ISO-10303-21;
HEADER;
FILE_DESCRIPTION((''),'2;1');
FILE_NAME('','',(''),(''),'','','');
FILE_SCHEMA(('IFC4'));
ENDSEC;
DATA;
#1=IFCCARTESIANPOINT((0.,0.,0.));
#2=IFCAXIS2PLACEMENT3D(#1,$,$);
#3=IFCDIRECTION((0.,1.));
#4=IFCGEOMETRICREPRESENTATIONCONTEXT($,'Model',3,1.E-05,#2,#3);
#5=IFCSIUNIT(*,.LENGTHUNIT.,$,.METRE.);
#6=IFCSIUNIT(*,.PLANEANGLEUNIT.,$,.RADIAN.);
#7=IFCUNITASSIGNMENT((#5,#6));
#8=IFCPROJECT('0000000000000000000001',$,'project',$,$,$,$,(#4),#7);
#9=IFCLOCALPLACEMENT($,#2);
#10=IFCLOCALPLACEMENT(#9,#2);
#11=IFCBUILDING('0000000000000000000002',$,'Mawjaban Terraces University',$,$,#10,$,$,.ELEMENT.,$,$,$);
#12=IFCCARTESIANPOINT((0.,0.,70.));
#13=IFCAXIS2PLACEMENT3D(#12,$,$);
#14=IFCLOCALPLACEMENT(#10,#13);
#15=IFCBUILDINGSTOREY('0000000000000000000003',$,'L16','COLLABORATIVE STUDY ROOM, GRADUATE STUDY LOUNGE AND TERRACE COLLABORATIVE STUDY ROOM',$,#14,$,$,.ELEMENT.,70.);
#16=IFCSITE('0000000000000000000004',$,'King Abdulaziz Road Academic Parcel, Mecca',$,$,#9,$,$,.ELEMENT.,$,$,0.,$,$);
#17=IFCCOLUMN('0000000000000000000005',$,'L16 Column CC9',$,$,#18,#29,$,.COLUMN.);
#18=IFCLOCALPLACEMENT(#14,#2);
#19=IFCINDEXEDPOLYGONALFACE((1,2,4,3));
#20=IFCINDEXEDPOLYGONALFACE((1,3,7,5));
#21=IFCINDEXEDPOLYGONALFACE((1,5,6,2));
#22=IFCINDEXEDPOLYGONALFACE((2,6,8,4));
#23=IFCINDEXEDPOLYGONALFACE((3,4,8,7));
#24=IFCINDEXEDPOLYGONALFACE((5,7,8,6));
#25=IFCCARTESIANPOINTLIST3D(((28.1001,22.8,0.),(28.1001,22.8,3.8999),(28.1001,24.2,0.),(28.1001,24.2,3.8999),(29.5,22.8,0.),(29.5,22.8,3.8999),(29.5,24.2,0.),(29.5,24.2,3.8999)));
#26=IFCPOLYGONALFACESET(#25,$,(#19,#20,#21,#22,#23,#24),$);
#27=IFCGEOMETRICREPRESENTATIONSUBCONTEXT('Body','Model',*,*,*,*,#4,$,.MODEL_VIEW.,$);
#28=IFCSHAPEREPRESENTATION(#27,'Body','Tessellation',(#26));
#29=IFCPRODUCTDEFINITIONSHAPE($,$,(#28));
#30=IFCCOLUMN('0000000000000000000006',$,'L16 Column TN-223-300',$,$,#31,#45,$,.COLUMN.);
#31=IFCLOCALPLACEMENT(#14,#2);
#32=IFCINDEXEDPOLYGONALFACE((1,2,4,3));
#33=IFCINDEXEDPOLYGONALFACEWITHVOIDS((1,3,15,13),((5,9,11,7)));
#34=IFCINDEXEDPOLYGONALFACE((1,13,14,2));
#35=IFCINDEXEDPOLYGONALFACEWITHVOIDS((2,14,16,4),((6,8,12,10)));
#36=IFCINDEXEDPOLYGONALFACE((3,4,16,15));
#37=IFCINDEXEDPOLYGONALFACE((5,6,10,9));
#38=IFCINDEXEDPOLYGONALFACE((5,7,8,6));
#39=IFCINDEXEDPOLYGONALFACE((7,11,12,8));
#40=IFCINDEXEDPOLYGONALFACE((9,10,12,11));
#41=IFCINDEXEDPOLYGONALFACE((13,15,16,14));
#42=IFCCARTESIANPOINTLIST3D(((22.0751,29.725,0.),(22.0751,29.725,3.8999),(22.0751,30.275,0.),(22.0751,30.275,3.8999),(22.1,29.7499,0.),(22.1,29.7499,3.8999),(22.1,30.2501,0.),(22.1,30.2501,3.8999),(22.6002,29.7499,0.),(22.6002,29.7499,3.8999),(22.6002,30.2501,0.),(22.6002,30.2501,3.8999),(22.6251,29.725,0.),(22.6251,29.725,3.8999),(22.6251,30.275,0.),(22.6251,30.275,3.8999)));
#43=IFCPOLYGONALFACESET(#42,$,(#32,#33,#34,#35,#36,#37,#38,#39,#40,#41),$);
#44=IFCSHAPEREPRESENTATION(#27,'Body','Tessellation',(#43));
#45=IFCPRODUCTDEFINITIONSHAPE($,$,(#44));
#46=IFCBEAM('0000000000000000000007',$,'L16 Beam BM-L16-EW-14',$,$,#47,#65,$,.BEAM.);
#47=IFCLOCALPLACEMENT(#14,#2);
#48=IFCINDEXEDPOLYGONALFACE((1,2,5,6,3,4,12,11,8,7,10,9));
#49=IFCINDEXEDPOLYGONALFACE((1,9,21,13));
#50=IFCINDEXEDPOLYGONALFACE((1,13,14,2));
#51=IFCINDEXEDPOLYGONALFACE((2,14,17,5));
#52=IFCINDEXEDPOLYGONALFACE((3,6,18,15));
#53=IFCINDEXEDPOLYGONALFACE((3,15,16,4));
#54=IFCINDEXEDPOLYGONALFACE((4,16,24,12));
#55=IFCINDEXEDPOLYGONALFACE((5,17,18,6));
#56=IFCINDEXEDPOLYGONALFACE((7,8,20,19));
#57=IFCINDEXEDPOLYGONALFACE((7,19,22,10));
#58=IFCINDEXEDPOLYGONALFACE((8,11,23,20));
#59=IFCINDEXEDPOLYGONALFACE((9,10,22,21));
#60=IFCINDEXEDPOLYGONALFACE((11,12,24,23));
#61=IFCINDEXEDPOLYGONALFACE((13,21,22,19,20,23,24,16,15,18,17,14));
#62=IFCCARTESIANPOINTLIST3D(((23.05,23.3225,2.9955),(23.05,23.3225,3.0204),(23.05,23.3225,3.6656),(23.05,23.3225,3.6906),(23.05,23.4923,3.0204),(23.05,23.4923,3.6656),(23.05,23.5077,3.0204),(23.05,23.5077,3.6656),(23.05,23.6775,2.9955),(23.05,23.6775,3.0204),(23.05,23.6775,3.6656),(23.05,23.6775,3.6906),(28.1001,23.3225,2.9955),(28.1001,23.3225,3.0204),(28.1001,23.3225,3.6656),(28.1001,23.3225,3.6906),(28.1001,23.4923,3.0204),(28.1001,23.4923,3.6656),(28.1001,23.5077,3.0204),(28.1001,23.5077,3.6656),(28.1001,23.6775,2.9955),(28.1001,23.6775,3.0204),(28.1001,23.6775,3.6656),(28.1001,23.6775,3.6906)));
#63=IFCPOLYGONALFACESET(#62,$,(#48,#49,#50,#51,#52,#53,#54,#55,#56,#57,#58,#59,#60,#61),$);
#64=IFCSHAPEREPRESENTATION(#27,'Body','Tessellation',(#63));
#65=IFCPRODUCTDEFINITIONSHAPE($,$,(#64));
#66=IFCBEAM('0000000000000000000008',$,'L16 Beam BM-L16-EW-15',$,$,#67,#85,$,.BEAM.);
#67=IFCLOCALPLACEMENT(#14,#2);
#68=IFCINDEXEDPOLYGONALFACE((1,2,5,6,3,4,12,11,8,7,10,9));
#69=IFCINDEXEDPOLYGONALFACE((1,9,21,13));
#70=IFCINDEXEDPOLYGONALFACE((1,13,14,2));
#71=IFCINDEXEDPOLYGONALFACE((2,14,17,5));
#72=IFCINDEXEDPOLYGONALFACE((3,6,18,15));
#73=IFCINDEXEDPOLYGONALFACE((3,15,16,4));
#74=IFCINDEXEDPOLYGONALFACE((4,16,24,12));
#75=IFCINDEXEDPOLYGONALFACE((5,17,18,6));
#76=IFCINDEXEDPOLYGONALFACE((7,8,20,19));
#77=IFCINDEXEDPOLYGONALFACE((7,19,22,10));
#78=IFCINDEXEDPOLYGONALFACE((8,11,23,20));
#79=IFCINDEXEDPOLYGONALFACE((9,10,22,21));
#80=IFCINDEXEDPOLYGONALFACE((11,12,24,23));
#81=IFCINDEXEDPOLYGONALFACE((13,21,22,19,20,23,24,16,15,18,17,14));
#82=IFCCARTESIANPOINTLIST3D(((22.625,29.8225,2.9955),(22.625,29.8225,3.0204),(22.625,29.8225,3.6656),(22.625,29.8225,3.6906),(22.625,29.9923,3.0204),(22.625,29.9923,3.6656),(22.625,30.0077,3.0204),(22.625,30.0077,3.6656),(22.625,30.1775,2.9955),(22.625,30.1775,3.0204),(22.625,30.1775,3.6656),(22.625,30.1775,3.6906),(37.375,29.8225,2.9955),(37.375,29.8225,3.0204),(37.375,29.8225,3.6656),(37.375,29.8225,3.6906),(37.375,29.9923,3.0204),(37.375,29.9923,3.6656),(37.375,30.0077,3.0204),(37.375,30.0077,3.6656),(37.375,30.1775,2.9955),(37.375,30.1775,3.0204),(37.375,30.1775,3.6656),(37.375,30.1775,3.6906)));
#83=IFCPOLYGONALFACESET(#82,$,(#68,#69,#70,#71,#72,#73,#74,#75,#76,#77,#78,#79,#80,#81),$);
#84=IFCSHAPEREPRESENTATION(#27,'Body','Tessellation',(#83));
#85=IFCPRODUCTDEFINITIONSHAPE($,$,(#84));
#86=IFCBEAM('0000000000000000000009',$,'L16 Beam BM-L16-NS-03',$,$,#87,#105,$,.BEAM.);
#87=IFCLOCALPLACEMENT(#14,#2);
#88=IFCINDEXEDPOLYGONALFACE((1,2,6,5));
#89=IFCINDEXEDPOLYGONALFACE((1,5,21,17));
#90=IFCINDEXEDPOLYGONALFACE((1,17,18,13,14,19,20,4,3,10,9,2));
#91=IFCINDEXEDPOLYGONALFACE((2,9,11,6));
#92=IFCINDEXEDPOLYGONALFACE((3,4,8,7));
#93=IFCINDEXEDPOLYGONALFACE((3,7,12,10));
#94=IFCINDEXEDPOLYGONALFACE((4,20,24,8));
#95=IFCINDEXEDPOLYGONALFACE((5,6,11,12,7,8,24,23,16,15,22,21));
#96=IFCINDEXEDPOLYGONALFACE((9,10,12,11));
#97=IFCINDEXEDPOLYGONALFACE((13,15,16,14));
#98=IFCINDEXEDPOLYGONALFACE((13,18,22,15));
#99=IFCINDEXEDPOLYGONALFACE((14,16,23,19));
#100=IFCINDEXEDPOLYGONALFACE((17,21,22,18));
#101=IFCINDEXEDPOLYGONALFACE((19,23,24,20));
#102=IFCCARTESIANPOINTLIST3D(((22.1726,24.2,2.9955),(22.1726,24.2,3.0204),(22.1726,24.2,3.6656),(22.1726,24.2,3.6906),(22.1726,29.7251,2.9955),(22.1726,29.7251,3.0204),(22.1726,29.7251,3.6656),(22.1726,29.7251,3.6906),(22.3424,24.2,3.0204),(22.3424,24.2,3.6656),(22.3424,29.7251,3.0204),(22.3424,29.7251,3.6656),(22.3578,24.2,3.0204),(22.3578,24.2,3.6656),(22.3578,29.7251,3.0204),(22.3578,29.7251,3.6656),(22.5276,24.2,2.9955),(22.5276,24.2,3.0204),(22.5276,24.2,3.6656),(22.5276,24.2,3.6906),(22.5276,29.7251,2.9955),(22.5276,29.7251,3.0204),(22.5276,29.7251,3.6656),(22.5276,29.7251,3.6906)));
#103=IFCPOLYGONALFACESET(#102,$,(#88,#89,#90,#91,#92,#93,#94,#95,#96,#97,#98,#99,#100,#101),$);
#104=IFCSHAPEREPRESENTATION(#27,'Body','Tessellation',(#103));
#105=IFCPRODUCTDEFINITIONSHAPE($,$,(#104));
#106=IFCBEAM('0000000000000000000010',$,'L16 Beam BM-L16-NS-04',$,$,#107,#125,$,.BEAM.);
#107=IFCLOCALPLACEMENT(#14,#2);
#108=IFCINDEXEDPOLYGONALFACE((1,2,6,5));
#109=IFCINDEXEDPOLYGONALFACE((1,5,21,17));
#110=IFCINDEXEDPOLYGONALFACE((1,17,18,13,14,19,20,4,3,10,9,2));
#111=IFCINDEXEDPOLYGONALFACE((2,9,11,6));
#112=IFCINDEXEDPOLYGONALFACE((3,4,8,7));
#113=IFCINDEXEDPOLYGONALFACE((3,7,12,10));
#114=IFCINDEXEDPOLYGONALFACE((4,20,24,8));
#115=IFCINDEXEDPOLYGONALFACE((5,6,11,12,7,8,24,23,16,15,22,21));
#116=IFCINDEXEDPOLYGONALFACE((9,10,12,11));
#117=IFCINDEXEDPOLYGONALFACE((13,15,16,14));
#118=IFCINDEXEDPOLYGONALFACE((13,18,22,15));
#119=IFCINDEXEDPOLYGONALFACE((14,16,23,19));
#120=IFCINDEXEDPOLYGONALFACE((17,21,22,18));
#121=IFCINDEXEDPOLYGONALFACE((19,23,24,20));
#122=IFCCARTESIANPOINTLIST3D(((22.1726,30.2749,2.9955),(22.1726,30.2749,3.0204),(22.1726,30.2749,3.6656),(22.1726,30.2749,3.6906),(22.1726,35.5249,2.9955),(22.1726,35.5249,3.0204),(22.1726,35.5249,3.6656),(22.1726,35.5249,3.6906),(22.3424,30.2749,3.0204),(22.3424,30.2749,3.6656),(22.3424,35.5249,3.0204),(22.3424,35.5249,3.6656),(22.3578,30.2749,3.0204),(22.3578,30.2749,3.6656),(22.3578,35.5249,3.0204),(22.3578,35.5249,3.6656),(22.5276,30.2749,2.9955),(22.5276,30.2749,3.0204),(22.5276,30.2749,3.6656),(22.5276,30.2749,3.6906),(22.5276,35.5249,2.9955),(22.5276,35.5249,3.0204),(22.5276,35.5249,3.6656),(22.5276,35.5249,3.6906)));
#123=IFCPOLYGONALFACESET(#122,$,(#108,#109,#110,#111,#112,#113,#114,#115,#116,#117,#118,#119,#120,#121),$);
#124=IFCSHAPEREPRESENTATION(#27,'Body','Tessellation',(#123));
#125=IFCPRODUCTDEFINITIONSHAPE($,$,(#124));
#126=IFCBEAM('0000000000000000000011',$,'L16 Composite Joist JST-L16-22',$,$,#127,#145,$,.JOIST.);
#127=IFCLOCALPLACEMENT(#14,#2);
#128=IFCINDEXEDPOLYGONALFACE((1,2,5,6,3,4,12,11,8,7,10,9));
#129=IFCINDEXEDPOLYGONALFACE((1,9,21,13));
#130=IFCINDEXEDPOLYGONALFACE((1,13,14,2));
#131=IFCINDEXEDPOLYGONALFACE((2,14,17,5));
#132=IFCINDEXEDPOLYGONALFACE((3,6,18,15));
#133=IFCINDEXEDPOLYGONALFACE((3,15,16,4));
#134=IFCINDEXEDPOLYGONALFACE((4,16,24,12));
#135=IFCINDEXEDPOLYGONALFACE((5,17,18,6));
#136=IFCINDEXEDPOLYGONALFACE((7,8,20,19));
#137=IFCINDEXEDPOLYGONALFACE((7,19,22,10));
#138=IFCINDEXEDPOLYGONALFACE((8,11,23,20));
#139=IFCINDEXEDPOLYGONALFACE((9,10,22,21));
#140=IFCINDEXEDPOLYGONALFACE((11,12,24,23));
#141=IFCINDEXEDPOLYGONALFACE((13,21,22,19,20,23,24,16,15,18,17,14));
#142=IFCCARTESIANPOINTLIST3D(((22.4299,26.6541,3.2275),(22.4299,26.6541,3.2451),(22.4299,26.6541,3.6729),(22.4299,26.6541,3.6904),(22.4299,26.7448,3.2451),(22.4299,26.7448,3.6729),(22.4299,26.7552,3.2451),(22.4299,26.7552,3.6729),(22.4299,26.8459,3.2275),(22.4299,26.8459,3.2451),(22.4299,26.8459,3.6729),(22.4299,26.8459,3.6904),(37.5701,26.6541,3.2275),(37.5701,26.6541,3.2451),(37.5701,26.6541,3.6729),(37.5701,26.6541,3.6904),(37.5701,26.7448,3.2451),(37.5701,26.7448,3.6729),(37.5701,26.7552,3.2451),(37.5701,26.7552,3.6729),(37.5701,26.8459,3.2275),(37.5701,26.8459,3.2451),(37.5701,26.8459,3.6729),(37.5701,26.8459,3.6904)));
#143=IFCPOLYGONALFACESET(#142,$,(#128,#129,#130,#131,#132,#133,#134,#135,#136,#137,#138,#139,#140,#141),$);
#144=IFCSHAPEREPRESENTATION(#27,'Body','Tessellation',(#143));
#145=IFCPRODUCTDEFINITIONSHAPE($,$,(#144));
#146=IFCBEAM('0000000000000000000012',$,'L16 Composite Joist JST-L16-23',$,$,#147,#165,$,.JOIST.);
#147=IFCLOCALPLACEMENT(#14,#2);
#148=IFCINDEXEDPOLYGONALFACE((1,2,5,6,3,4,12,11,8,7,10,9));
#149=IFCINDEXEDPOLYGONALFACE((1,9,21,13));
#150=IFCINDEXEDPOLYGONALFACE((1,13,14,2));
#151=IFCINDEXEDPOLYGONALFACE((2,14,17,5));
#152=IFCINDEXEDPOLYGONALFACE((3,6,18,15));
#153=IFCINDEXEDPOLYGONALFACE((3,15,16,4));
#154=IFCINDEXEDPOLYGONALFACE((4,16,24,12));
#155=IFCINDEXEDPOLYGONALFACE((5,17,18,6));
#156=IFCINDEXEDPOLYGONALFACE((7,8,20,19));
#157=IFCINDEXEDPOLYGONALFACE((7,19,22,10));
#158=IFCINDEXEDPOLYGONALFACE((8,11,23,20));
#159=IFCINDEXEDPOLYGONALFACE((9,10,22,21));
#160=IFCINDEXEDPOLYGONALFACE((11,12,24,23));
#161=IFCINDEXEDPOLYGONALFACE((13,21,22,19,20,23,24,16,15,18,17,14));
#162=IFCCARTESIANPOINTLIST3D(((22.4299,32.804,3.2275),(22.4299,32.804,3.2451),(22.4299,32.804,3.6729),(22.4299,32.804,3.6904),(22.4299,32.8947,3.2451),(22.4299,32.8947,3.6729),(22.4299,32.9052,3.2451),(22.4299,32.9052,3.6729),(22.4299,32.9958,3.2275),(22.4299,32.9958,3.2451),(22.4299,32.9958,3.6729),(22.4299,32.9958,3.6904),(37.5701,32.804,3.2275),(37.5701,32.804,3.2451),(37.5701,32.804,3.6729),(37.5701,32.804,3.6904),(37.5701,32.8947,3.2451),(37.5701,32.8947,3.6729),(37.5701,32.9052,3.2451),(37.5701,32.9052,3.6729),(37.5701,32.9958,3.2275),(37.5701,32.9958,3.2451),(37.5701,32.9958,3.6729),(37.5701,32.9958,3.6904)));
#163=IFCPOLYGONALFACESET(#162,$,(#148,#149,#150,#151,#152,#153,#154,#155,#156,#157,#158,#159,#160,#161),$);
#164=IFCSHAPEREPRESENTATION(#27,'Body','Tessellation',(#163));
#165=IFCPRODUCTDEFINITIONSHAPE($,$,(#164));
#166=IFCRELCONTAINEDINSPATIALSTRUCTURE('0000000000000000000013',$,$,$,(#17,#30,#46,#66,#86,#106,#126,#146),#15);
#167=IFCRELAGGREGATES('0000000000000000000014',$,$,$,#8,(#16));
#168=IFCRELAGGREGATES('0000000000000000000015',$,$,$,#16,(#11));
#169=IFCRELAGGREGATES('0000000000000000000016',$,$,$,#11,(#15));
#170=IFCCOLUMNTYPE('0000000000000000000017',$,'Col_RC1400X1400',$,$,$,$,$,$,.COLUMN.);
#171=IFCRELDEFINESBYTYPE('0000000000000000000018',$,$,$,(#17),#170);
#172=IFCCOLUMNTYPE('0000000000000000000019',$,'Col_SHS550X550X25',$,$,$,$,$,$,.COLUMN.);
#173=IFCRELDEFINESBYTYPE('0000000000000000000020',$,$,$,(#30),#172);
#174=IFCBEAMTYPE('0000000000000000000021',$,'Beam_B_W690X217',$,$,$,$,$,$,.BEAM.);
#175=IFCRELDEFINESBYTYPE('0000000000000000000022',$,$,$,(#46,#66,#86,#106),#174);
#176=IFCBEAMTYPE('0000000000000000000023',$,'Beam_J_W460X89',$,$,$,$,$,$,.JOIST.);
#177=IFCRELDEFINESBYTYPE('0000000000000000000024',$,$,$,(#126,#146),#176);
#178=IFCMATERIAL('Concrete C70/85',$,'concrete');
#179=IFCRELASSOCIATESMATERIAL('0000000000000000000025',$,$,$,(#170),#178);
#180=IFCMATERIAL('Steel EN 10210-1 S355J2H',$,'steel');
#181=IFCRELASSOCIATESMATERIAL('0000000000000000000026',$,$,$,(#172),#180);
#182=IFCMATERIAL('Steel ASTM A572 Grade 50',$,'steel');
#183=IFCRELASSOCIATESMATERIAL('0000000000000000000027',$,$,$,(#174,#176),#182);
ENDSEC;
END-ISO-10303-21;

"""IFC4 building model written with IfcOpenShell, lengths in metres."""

from ifc_helpers import new_model, si_unit, direction, frame, origin, origin_2d, place, context, subcontext, project, spatial, rectangle, hollow_rectangle, i_section, extrude, material, material_profile, profile_set, type_object, element, save


model = new_model("IFC4")

# Units and contexts
model_context = context("Model", 3, precision=1e-05, world=origin(), true_north=direction((0.0, 1.0)))
body_context = subcontext(model_context, "Body", "Model", "MODEL_VIEW")
ifc_project = project(units=[si_unit("LENGTHUNIT", "METRE"), si_unit("PLANEANGLEUNIT", "RADIAN")], contexts=[model_context])

# Site, building, storey
site_placement = place(None, origin())
site = spatial("IfcSite", under=ifc_project, at=site_placement, Name="King Abdulaziz Road Academic Parcel, Mecca", CompositionType="ELEMENT", RefElevation=0.0)
building_placement = place(site_placement, origin())
building = spatial("IfcBuilding", under=site, at=building_placement, Name="Mawjaban Terraces University", CompositionType="ELEMENT")
storey_placement = place(building_placement, frame((0.0, 0.0, 70.0)))
storey = spatial("IfcBuildingStorey", under=building, at=storey_placement, Name="L16", Description="COLLABORATIVE STUDY ROOM, GRADUATE STUDY LOUNGE AND TERRACE COLLABORATIVE STUDY ROOM", CompositionType="ELEMENT", Elevation=70.0)

# Columns
ifc_material_1 = material(Name="Concrete C70/85", Category="concrete")
ifc_material_profile_1 = material_profile(ifc_material_1, rectangle(XDim=1.3999, YDim=1.3999, at=origin_2d()), Name="RC1400X1400")
ifc_profile_set_1 = profile_set([ifc_material_profile_1], Name="Concrete C70/85")
column_type_1 = type_object("IfcColumnType", Name="Col_RC1400X1400", PredefinedType="COLUMN", material=ifc_profile_set_1)
column_1_placement = place(storey_placement, frame((28.8, 23.5, 0.0), z_axis=(0.0, 0.0, 1.0), x_axis=(1.0, 0.0, 0.0)))
element("IfcColumn", 1, at=column_1_placement, inside=storey, type_object=column_type_1, Name="L16 Column CC9", PredefinedType="COLUMN", context=body_context, shape_type="SweptSolid", body=[
    extrude(rectangle(XDim=1.3999, YDim=1.3999, at=origin_2d()), origin(), (0.0, 0.0, 1.0), 3.8999),
])
ifc_material_2 = material(Name="Steel EN 10210-1 S355J2H", Category="steel")
ifc_material_profile_2 = material_profile(ifc_material_2, hollow_rectangle(XDim=0.55, YDim=0.55, WallThickness=0.0249, at=origin_2d()), Name="SHS550X550X25")
ifc_profile_set_2 = profile_set([ifc_material_profile_2], Name="Steel EN 10210-1 S355J2H")
column_type_2 = type_object("IfcColumnType", Name="Col_SHS550X550X25", PredefinedType="COLUMN", material=ifc_profile_set_2)
column_2_placement = place(storey_placement, frame((22.3501, 30.0, 0.0), z_axis=(0.0, 0.0, 1.0), x_axis=(1.0, 0.0, 0.0)))
element("IfcColumn", 2, at=column_2_placement, inside=storey, type_object=column_type_2, Name="L16 Column TN-223-300", PredefinedType="COLUMN", context=body_context, shape_type="SweptSolid", body=[
    extrude(hollow_rectangle(XDim=0.55, YDim=0.55, WallThickness=0.0249, at=origin_2d()), origin(), (0.0, 0.0, 1.0), 3.8999),
])

# Beams
ifc_material_3 = material(Name="Steel ASTM A572 Grade 50", Category="steel")
ifc_material_profile_3 = material_profile(ifc_material_3, i_section(OverallWidth=0.355, OverallDepth=0.6951, WebThickness=0.0154, FlangeThickness=0.0249, at=origin_2d()), Name="W690X217")
ifc_profile_set_3 = profile_set([ifc_material_profile_3], Name="Steel ASTM A572 Grade 50")
beam_type_1 = type_object("IfcBeamType", Name="Beam_B_W690X217", PredefinedType="BEAM", material=ifc_profile_set_3)
beam_1_placement = place(storey_placement, frame((23.05, 23.5, 3.343), z_axis=(1.0, 0.0, 0.0), x_axis=(0.0, 1.0, 0.0)))
element("IfcBeam", 3, at=beam_1_placement, inside=storey, type_object=beam_type_1, Name="L16 Beam BM-L16-EW-14", PredefinedType="BEAM", context=body_context, shape_type="SweptSolid", body=[
    extrude(i_section(OverallWidth=0.355, OverallDepth=0.6951, WebThickness=0.0154, FlangeThickness=0.0249, at=origin_2d()), origin(), (0.0, 0.0, 1.0), 5.05),
])
beam_2_placement = place(storey_placement, frame((22.625, 30.0, 3.343), z_axis=(1.0, 0.0, 0.0), x_axis=(0.0, 1.0, 0.0)))
element("IfcBeam", 4, at=beam_2_placement, inside=storey, type_object=beam_type_1, Name="L16 Beam BM-L16-EW-15", PredefinedType="BEAM", context=body_context, shape_type="SweptSolid", body=[
    extrude(i_section(OverallWidth=0.355, OverallDepth=0.6951, WebThickness=0.0154, FlangeThickness=0.0249, at=origin_2d()), origin(), (0.0, 0.0, 1.0), 14.75),
])
beam_3_placement = place(storey_placement, frame((22.3501, 24.2, 3.343), z_axis=(0.0, 1.0, 0.0), x_axis=(-1.0, 0.0, 0.0)))
element("IfcBeam", 5, at=beam_3_placement, inside=storey, type_object=beam_type_1, Name="L16 Beam BM-L16-NS-03", PredefinedType="BEAM", context=body_context, shape_type="SweptSolid", body=[
    extrude(i_section(OverallWidth=0.355, OverallDepth=0.6951, WebThickness=0.0154, FlangeThickness=0.0249, at=origin_2d()), origin(), (0.0, 0.0, 1.0), 5.5251),
])
beam_4_placement = place(storey_placement, frame((22.3501, 30.2749, 3.343), z_axis=(0.0, 1.0, 0.0), x_axis=(-1.0, 0.0, 0.0)))
element("IfcBeam", 6, at=beam_4_placement, inside=storey, type_object=beam_type_1, Name="L16 Beam BM-L16-NS-04", PredefinedType="BEAM", context=body_context, shape_type="SweptSolid", body=[
    extrude(i_section(OverallWidth=0.355, OverallDepth=0.6951, WebThickness=0.0154, FlangeThickness=0.0249, at=origin_2d()), origin(), (0.0, 0.0, 1.0), 5.25),
])
ifc_material_profile_4 = material_profile(ifc_material_3, i_section(OverallWidth=0.1919, OverallDepth=0.4629, WebThickness=0.0105, FlangeThickness=0.0176, at=origin_2d()), Name="W460X89")
ifc_profile_set_4 = profile_set([ifc_material_profile_4], Name="Steel ASTM A572 Grade 50")
beam_type_2 = type_object("IfcBeamType", Name="Beam_J_W460X89", PredefinedType="JOIST", material=ifc_profile_set_4)
for number, where, z_axis, x_axis, name in (
    (7, (22.4299, 26.75, 3.459), (1.0, 0.0, 0.0), (0.0, 1.0, 0.0), "L16 Composite Joist JST-L16-22"),
    (8, (22.4299, 32.8999, 3.459), (1.0, 0.0, 0.0), (0.0, 1.0, 0.0), "L16 Composite Joist JST-L16-23"),
):
    element("IfcBeam", number, at=place(storey_placement, frame(where, z_axis=z_axis, x_axis=x_axis)), inside=storey, type_object=beam_type_2, Name=name, PredefinedType="JOIST", context=body_context, shape_type="SweptSolid", body=[
        extrude(i_section(OverallWidth=0.1919, OverallDepth=0.4629, WebThickness=0.0105, FlangeThickness=0.0176, at=origin_2d()), origin(), (0.0, 0.0, 1.0), 15.1401),
    ])

save(model, "model.ifc")
